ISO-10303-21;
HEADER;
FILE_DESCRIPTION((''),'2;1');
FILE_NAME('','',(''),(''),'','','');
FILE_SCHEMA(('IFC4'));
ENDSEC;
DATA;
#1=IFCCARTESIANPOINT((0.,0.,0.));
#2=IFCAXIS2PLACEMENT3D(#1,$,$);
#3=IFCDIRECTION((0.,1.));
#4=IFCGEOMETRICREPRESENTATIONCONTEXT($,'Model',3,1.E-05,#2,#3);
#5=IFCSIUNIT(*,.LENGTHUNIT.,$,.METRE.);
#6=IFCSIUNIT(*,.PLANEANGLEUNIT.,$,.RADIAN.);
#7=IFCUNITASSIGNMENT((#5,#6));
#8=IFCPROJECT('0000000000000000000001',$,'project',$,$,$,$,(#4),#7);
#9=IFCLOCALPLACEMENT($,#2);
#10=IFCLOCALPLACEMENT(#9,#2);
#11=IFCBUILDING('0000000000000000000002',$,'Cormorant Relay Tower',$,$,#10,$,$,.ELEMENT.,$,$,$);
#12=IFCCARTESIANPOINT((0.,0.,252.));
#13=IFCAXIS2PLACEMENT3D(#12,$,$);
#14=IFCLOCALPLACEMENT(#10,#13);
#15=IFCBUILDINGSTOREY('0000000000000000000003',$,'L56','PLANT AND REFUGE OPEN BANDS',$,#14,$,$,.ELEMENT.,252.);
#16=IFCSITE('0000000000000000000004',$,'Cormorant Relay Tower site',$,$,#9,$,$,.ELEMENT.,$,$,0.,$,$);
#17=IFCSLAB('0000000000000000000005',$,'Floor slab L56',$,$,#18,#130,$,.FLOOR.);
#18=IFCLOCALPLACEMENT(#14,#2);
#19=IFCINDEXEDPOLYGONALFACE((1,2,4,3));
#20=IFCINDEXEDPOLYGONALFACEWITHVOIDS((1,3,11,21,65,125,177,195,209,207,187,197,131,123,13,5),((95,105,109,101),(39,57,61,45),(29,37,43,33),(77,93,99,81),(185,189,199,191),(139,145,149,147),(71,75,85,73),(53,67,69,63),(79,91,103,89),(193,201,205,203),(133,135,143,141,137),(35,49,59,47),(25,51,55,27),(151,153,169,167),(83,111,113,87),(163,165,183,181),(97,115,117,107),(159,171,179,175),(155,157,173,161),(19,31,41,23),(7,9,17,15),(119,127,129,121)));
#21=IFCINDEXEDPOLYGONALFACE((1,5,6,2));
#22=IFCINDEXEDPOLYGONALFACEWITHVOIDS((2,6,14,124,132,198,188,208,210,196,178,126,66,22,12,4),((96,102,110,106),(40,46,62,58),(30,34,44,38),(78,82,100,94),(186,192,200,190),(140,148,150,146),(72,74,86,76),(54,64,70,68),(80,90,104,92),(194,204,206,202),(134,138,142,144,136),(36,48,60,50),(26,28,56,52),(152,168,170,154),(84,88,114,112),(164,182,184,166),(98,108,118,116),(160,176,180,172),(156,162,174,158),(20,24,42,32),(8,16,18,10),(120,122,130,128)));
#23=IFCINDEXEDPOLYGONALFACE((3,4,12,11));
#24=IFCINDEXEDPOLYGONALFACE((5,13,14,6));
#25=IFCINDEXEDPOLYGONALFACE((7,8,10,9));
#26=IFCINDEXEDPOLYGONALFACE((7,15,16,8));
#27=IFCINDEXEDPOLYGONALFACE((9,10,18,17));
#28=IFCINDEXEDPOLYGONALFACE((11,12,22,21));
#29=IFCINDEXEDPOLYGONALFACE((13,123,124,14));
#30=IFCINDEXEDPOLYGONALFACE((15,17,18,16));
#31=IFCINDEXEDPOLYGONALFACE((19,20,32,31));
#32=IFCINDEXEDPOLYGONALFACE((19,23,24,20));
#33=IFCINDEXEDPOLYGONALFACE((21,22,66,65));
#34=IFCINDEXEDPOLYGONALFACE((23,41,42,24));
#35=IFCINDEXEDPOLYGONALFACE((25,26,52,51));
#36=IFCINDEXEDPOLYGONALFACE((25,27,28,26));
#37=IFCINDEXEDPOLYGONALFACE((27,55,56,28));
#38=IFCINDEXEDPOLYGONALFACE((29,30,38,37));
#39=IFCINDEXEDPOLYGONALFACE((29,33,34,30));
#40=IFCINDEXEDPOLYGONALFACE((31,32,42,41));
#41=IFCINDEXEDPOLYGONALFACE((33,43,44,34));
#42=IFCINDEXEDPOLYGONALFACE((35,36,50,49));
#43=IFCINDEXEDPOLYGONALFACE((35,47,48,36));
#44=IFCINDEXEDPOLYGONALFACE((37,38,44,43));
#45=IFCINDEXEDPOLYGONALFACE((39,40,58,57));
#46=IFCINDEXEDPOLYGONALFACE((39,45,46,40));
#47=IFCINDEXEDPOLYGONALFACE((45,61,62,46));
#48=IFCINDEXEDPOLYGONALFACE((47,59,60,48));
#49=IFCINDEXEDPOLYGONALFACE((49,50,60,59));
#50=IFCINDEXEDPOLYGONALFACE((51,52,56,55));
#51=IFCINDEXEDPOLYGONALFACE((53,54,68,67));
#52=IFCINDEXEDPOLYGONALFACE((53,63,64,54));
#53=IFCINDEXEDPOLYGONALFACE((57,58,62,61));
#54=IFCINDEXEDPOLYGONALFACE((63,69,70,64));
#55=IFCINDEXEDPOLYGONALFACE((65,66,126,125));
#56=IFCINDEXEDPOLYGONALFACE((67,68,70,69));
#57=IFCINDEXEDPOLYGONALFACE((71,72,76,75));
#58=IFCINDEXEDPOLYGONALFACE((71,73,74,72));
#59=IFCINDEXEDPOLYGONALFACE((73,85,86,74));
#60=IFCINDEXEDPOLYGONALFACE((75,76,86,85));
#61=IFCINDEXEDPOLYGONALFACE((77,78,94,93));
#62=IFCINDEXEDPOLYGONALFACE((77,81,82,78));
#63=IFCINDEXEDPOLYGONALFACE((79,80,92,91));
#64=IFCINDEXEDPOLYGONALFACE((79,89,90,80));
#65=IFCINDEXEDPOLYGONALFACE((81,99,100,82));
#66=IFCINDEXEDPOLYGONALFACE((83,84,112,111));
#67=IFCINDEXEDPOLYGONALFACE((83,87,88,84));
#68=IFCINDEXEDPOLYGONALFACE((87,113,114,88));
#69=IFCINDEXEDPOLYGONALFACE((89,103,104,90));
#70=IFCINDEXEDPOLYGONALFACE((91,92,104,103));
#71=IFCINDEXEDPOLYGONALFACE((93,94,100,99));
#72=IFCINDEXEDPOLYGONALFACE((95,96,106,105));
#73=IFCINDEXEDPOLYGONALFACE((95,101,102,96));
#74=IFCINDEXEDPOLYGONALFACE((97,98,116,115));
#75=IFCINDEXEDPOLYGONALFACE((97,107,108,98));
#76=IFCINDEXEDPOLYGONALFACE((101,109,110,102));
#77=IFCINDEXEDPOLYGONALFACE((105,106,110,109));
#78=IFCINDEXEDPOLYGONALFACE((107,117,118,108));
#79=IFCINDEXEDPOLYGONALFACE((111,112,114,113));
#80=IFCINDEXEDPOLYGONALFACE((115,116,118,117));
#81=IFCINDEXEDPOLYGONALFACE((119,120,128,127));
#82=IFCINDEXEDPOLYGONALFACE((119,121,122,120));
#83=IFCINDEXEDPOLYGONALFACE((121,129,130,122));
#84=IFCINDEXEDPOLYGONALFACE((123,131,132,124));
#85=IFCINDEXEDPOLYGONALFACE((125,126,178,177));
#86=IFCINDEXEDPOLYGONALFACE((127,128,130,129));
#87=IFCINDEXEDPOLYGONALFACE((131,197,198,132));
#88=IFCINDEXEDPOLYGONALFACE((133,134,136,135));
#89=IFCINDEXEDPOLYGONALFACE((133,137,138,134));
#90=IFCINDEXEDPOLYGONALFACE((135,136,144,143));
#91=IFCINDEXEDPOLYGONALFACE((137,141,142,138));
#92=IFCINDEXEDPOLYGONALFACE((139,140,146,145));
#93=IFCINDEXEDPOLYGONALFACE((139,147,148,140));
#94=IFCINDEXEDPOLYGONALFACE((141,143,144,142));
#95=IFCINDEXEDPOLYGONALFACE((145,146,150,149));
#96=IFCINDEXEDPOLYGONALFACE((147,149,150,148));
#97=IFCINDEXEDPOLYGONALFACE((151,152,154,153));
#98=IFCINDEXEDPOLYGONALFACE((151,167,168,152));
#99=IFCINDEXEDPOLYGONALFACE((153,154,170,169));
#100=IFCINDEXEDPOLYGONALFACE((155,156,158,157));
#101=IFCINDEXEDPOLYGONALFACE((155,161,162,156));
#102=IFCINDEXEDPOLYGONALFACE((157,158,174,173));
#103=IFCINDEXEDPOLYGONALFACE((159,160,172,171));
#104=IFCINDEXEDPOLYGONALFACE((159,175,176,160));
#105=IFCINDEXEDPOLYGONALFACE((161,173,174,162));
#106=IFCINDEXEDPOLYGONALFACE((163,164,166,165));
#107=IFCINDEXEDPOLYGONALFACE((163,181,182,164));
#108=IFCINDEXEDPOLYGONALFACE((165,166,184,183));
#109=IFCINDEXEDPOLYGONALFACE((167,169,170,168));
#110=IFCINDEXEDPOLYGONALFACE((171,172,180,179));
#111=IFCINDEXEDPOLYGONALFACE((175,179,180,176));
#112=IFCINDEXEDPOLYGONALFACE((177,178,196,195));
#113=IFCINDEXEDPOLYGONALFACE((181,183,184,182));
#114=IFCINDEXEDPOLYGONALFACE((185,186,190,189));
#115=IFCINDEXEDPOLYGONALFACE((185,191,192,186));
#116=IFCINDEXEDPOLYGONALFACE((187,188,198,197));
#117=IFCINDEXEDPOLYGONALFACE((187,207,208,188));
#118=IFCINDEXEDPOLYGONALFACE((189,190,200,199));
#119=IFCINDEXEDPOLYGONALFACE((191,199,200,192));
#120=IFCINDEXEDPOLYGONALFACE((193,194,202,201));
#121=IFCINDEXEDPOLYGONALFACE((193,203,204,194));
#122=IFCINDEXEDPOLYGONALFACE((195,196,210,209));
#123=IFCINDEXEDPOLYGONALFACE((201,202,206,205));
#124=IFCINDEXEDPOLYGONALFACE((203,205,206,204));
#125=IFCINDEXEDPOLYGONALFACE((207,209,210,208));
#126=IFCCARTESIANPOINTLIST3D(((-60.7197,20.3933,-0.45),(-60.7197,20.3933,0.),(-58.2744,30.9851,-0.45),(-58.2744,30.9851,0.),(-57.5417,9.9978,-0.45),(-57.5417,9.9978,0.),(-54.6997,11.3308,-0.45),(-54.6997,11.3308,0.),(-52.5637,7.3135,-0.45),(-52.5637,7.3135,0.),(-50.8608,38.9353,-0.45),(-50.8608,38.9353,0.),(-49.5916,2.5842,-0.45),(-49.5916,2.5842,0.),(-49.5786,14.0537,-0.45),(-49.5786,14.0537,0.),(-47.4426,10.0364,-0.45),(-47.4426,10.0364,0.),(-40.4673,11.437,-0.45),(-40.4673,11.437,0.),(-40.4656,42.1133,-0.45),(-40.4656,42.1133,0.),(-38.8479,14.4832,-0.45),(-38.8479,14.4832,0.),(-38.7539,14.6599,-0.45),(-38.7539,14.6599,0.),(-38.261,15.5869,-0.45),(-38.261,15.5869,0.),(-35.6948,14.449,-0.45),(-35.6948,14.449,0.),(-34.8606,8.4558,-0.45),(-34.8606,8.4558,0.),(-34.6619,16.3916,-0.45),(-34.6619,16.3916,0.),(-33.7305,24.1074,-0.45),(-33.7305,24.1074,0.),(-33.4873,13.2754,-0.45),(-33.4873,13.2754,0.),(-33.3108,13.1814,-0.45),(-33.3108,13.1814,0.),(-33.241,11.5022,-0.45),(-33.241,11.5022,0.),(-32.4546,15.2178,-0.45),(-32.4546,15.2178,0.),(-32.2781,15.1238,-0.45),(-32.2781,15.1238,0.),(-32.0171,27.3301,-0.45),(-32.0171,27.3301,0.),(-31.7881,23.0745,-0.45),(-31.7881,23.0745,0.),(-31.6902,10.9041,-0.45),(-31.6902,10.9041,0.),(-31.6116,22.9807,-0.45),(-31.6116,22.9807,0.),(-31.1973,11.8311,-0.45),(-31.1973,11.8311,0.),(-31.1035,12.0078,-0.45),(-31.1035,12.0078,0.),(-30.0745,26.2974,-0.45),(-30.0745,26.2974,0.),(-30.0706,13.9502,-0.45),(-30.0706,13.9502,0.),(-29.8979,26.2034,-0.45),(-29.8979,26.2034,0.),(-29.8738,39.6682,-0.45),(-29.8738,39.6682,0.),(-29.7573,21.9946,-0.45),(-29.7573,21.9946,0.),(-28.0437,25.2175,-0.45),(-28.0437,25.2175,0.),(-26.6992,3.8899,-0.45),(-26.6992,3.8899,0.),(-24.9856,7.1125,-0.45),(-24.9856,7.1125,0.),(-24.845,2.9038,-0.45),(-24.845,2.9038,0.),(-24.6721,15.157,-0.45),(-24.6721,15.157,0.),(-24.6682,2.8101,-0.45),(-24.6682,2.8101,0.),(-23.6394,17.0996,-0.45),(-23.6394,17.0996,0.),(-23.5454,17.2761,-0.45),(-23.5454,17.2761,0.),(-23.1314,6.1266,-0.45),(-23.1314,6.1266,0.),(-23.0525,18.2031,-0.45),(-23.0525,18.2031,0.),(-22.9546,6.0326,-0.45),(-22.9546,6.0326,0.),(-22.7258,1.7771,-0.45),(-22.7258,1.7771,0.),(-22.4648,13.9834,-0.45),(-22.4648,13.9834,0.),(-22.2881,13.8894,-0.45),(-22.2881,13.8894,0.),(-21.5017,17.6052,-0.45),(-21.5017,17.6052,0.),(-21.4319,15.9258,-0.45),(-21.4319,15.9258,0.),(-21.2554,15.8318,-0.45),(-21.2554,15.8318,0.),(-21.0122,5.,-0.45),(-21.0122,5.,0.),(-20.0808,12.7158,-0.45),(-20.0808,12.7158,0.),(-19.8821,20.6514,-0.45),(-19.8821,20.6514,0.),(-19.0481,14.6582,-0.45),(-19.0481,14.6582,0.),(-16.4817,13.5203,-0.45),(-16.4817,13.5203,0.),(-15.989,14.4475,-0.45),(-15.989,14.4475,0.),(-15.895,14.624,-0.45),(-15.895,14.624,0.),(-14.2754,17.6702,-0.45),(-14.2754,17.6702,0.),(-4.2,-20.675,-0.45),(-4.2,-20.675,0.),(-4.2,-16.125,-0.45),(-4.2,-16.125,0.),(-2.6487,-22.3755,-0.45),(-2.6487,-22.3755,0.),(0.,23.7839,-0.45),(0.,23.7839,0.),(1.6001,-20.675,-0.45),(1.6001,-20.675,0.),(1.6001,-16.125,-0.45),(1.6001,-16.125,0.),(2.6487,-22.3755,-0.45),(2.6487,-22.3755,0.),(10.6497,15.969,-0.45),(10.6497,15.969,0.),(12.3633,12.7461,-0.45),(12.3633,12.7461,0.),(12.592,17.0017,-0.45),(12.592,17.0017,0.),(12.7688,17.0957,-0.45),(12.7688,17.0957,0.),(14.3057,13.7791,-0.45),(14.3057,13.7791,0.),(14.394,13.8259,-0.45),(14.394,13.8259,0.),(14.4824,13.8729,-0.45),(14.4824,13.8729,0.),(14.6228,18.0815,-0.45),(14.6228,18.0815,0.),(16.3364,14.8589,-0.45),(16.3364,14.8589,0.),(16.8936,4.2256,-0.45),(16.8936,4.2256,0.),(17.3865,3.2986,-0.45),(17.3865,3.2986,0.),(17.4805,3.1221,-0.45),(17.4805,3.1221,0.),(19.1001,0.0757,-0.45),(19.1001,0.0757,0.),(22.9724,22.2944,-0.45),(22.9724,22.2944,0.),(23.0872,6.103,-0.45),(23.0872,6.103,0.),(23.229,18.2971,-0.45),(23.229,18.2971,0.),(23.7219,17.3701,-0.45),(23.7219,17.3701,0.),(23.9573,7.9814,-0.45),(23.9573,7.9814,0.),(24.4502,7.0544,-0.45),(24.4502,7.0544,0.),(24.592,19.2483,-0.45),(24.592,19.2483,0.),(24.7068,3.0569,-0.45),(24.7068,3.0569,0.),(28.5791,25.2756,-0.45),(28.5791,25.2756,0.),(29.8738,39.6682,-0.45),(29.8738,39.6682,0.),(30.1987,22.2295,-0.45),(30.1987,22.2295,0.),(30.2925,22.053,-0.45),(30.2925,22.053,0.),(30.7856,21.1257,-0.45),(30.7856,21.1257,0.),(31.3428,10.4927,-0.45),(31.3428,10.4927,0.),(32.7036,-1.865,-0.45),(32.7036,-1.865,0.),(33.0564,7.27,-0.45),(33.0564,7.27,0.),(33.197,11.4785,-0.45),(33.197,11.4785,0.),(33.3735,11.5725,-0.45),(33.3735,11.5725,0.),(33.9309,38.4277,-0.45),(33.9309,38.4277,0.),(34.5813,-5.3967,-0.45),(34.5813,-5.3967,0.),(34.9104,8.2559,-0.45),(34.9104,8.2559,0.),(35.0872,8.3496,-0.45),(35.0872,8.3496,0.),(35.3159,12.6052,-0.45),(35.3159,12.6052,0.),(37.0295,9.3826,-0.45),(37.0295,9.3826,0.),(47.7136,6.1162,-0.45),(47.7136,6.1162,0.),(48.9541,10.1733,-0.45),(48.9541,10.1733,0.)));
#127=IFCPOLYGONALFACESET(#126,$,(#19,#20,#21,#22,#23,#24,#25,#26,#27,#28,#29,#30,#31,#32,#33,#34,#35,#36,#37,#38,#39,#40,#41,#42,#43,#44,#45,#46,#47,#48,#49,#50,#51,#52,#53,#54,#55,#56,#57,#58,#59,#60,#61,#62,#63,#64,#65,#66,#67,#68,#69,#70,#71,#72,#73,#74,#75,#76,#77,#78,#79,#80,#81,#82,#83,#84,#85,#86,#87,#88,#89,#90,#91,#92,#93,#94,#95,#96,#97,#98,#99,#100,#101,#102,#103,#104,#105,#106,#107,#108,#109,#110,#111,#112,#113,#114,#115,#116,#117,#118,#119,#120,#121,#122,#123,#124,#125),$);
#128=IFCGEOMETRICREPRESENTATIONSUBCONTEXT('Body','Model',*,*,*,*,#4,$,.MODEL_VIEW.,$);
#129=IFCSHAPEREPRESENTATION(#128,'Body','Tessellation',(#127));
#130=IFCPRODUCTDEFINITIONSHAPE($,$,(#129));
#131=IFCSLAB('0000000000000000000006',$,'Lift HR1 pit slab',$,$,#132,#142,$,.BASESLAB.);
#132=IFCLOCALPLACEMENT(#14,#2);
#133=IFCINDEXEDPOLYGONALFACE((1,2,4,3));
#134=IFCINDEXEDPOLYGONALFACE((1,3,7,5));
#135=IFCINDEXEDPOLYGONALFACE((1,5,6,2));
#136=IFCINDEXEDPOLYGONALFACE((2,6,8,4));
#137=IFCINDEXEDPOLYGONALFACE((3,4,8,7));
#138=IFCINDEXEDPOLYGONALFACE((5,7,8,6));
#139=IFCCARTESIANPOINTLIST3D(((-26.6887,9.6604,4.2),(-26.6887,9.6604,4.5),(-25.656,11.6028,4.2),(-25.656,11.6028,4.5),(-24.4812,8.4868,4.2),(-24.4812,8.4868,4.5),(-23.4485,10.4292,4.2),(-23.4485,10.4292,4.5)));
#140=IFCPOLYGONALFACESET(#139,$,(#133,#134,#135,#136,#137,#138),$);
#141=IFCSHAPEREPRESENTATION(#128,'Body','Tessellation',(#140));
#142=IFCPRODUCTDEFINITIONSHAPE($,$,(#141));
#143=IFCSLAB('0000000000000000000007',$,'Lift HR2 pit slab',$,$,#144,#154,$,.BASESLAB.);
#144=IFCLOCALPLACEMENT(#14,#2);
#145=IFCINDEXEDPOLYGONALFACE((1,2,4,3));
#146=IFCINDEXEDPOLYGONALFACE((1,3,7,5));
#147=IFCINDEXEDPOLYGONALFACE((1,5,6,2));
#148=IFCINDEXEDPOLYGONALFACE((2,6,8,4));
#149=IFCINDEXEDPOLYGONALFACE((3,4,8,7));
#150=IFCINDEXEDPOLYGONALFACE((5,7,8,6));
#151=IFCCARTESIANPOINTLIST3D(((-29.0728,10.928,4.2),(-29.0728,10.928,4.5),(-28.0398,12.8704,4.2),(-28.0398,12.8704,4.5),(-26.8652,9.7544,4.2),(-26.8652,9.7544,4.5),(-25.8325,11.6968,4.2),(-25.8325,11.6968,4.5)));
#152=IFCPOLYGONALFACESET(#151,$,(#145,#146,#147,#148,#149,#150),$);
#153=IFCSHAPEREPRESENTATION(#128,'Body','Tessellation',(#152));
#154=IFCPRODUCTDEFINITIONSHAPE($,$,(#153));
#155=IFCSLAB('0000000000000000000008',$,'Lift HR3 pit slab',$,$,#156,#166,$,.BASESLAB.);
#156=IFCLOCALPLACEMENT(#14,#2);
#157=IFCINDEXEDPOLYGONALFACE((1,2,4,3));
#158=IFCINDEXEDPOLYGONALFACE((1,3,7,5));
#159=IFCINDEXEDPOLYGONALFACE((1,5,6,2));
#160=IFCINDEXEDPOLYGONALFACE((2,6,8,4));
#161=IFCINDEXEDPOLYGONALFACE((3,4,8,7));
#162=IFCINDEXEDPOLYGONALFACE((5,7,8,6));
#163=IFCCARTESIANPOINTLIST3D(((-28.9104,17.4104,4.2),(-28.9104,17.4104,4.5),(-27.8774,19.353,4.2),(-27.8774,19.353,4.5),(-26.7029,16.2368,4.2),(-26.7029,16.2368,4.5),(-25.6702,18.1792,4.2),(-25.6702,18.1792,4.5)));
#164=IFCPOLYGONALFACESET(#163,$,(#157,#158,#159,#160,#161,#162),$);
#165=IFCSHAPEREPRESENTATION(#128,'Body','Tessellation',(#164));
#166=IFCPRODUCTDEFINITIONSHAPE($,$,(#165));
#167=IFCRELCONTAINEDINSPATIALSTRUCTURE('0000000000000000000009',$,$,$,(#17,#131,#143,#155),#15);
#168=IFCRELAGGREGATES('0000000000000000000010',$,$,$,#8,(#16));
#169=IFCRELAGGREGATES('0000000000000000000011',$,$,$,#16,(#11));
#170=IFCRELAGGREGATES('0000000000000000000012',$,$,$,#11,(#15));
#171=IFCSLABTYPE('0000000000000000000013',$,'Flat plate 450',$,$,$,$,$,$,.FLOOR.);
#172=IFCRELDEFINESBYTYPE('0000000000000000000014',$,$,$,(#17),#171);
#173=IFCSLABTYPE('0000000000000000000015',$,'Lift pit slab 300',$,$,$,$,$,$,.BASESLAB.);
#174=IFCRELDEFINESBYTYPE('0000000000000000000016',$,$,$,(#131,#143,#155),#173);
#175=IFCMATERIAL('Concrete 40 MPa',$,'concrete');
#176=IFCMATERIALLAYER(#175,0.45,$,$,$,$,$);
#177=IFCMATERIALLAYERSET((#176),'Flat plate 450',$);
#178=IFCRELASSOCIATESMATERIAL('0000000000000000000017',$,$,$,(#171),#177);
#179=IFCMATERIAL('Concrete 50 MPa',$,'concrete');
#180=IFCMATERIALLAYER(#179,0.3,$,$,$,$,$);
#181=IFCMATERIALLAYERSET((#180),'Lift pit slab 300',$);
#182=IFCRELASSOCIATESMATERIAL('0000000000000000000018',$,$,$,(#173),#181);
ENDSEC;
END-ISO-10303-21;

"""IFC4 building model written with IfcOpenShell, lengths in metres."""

from ifc_helpers import new_model, si_unit, direction, frame, origin, place, context, subcontext, project, spatial, polyline, outline, extrude, material, layer, layer_set, type_object, element, save


model = new_model("IFC4")

# Units and contexts
model_context = context("Model", 3, precision=1e-05, world=origin(), true_north=direction((0.0, 1.0)))
body_context = subcontext(model_context, "Body", "Model", "MODEL_VIEW")
ifc_project = project(units=[si_unit("LENGTHUNIT", "METRE"), si_unit("PLANEANGLEUNIT", "RADIAN")], contexts=[model_context])

# Site, building, storey
site_placement = place(None, origin())
site = spatial("IfcSite", under=ifc_project, at=site_placement, Name="Cormorant Relay Tower site", CompositionType="ELEMENT", RefElevation=0.0)
building_placement = place(site_placement, origin())
building = spatial("IfcBuilding", under=site, at=building_placement, Name="Cormorant Relay Tower", CompositionType="ELEMENT")
storey_placement = place(building_placement, frame((0.0, 0.0, 252.0)))
storey = spatial("IfcBuildingStorey", under=building, at=storey_placement, Name="L56", Description="PLANT AND REFUGE OPEN BANDS", CompositionType="ELEMENT", Elevation=252.0)

# Slabs
ifc_material_1 = material(Name="Concrete 40 MPa", Category="concrete")
ifc_layer_1 = layer(ifc_material_1, 0.45)
ifc_layer_set_1 = layer_set([ifc_layer_1], Name="Flat plate 450")
slab_type_1 = type_object("IfcSlabType", Name="Flat plate 450", PredefinedType="FLOOR", material=ifc_layer_set_1)
slab_1_placement = place(storey_placement, frame((0.0, 0.0, -0.45)))
element("IfcSlab", 1, at=slab_1_placement, inside=storey, type_object=slab_type_1, Name="Floor slab L56", PredefinedType="FLOOR", context=body_context, shape_type="SweptSolid", body=[
    extrude(outline(polyline([(-57.5417, 9.9978), (-60.7197, 20.3933), (-58.2744, 30.9851), (-50.8608, 38.9353), (-40.4656, 42.1133), (-29.8738, 39.6682), (0.0, 23.7839), (29.8738, 39.6682), (33.9309, 38.4277), (48.9541, 10.1733), (47.7136, 6.1162), (32.7036, -1.865), (34.5813, -5.3967), (2.6487, -22.3755), (-2.6487, -22.3755), (-49.5916, 2.5842), (-57.5417, 9.9978)]), holes=[polyline([(-22.9546, 6.0327), (-24.6682, 2.8101), (-22.7258, 1.7771), (-21.0122, 5.0), (-23.043, 6.0796), (-22.9546, 6.0327)]), polyline([(-24.9856, 7.1125), (-26.6992, 3.8899), (-24.845, 2.9038), (-23.1313, 6.1267), (-23.043, 6.0796), (-24.9856, 7.1125)]), polyline([(-54.6997, 11.3308), (-52.5637, 7.3135), (-47.4426, 10.0364), (-49.5786, 14.0537), (-54.6997, 11.3308)]), polyline([(-33.241, 11.5022), (-38.8479, 14.4832), (-40.4673, 11.437), (-34.8606, 8.4558), (-33.241, 11.5022)]), polyline([(-38.261, 15.5869), (-38.7539, 14.6599), (-31.6902, 10.9041), (-31.1973, 11.8311), (-38.261, 15.5869)]), polyline([(-31.1035, 12.0078), (-30.0706, 13.9502), (-32.2781, 15.1238), (-33.3108, 13.1814), (-31.1035, 12.0078)]), polyline([(-22.2881, 13.8894), (-20.0808, 12.7158), (-19.0481, 14.6582), (-21.2554, 15.8318), (-22.2881, 13.8894)]), polyline([(-34.6619, 16.3916), (-35.6948, 14.449), (-33.4873, 13.2754), (-32.4546, 15.2178), (-34.6619, 16.3916)]), polyline([(-22.4648, 13.9834), (-21.4319, 15.9258), (-23.6394, 17.0996), (-24.6721, 15.157), (-22.4648, 13.9834)]), polyline([(-31.6116, 22.9807), (-29.7573, 21.9946), (-28.0437, 25.2175), (-29.8979, 26.2034), (-31.6116, 22.9807)]), polyline([(-32.0171, 27.3301), (-33.7305, 24.1074), (-31.7881, 23.0745), (-30.0745, 26.2974), (-32.0171, 27.3301)]), polyline([(-4.2, -16.125), (-4.2, -20.675), (1.6001, -20.675), (1.6001, -16.125), (-4.2, -16.125)]), polyline([(17.4805, 3.1221), (19.1001, 0.0757), (24.7068, 3.0569), (23.0872, 6.103), (17.4805, 3.1221)]), polyline([(17.3865, 3.2986), (24.4502, 7.0544), (23.9573, 7.9814), (16.8936, 4.2256), (17.3865, 3.2986)]), polyline([(33.197, 11.4785), (31.3428, 10.4927), (33.0564, 7.27), (34.9104, 8.2559), (33.197, 11.4785)]), polyline([(33.3735, 11.5725), (35.0872, 8.3496), (37.0295, 9.3826), (35.3159, 12.6052), (33.3735, 11.5725)]), polyline([(14.3057, 13.7791), (12.592, 17.0017), (10.6497, 15.969), (12.3633, 12.7461), (14.394, 13.8259), (14.3057, 13.7791)]), polyline([(16.3364, 14.8589), (14.6228, 18.0815), (12.7688, 17.0957), (14.4824, 13.8728), (14.394, 13.8259), (16.3364, 14.8589)]), polyline([(-16.4817, 13.5203), (-15.989, 14.4475), (-23.0525, 18.2031), (-23.5454, 17.2761), (-16.4817, 13.5203)]), polyline([(-15.895, 14.624), (-14.2754, 17.6702), (-19.8821, 20.6514), (-21.5017, 17.6052), (-15.895, 14.624)]), polyline([(30.7856, 21.1257), (30.2925, 22.053), (23.229, 18.2971), (23.7219, 17.3701), (30.7856, 21.1257)]), polyline([(24.592, 19.2483), (30.1987, 22.2295), (28.5791, 25.2756), (22.9724, 22.2944), (24.592, 19.2483)])]), origin(), (0.0, 0.0, 1.0), 0.45),
])
ifc_material_2 = material(Name="Concrete 50 MPa", Category="concrete")
ifc_layer_2 = layer(ifc_material_2, 0.3)
ifc_layer_set_2 = layer_set([ifc_layer_2], Name="Lift pit slab 300")
slab_type_2 = type_object("IfcSlabType", Name="Lift pit slab 300", PredefinedType="BASESLAB", material=ifc_layer_set_2)
slab_2_placement = place(storey_placement, frame((0.0, 0.0, 4.2)))
element("IfcSlab", 2, at=slab_2_placement, inside=storey, type_object=slab_type_2, Name="Lift HR1 pit slab", PredefinedType="BASESLAB", context=body_context, shape_type="SweptSolid", body=[
    extrude(outline(polyline([(-26.6887, 9.6604), (-25.656, 11.6028), (-23.4485, 10.4292), (-24.4812, 8.4868), (-26.6887, 9.6604)])), origin(), (0.0, 0.0, 1.0), 0.3),
])
slab_3_placement = place(storey_placement, frame((0.0, 0.0, 4.2)))
element("IfcSlab", 3, at=slab_3_placement, inside=storey, type_object=slab_type_2, Name="Lift HR2 pit slab", PredefinedType="BASESLAB", context=body_context, shape_type="SweptSolid", body=[
    extrude(outline(polyline([(-25.8325, 11.6968), (-26.8652, 9.7544), (-29.0728, 10.928), (-28.0398, 12.8704), (-25.8325, 11.6968)])), origin(), (0.0, 0.0, 1.0), 0.3),
])
slab_4_placement = place(storey_placement, frame((0.0, 0.0, 4.2)))
element("IfcSlab", 4, at=slab_4_placement, inside=storey, type_object=slab_type_2, Name="Lift HR3 pit slab", PredefinedType="BASESLAB", context=body_context, shape_type="SweptSolid", body=[
    extrude(outline(polyline([(-25.6702, 18.1792), (-26.7029, 16.2368), (-28.9104, 17.4104), (-27.8774, 19.353), (-25.6702, 18.1792)])), origin(), (0.0, 0.0, 1.0), 0.3),
])

save(model, "model.ifc")
